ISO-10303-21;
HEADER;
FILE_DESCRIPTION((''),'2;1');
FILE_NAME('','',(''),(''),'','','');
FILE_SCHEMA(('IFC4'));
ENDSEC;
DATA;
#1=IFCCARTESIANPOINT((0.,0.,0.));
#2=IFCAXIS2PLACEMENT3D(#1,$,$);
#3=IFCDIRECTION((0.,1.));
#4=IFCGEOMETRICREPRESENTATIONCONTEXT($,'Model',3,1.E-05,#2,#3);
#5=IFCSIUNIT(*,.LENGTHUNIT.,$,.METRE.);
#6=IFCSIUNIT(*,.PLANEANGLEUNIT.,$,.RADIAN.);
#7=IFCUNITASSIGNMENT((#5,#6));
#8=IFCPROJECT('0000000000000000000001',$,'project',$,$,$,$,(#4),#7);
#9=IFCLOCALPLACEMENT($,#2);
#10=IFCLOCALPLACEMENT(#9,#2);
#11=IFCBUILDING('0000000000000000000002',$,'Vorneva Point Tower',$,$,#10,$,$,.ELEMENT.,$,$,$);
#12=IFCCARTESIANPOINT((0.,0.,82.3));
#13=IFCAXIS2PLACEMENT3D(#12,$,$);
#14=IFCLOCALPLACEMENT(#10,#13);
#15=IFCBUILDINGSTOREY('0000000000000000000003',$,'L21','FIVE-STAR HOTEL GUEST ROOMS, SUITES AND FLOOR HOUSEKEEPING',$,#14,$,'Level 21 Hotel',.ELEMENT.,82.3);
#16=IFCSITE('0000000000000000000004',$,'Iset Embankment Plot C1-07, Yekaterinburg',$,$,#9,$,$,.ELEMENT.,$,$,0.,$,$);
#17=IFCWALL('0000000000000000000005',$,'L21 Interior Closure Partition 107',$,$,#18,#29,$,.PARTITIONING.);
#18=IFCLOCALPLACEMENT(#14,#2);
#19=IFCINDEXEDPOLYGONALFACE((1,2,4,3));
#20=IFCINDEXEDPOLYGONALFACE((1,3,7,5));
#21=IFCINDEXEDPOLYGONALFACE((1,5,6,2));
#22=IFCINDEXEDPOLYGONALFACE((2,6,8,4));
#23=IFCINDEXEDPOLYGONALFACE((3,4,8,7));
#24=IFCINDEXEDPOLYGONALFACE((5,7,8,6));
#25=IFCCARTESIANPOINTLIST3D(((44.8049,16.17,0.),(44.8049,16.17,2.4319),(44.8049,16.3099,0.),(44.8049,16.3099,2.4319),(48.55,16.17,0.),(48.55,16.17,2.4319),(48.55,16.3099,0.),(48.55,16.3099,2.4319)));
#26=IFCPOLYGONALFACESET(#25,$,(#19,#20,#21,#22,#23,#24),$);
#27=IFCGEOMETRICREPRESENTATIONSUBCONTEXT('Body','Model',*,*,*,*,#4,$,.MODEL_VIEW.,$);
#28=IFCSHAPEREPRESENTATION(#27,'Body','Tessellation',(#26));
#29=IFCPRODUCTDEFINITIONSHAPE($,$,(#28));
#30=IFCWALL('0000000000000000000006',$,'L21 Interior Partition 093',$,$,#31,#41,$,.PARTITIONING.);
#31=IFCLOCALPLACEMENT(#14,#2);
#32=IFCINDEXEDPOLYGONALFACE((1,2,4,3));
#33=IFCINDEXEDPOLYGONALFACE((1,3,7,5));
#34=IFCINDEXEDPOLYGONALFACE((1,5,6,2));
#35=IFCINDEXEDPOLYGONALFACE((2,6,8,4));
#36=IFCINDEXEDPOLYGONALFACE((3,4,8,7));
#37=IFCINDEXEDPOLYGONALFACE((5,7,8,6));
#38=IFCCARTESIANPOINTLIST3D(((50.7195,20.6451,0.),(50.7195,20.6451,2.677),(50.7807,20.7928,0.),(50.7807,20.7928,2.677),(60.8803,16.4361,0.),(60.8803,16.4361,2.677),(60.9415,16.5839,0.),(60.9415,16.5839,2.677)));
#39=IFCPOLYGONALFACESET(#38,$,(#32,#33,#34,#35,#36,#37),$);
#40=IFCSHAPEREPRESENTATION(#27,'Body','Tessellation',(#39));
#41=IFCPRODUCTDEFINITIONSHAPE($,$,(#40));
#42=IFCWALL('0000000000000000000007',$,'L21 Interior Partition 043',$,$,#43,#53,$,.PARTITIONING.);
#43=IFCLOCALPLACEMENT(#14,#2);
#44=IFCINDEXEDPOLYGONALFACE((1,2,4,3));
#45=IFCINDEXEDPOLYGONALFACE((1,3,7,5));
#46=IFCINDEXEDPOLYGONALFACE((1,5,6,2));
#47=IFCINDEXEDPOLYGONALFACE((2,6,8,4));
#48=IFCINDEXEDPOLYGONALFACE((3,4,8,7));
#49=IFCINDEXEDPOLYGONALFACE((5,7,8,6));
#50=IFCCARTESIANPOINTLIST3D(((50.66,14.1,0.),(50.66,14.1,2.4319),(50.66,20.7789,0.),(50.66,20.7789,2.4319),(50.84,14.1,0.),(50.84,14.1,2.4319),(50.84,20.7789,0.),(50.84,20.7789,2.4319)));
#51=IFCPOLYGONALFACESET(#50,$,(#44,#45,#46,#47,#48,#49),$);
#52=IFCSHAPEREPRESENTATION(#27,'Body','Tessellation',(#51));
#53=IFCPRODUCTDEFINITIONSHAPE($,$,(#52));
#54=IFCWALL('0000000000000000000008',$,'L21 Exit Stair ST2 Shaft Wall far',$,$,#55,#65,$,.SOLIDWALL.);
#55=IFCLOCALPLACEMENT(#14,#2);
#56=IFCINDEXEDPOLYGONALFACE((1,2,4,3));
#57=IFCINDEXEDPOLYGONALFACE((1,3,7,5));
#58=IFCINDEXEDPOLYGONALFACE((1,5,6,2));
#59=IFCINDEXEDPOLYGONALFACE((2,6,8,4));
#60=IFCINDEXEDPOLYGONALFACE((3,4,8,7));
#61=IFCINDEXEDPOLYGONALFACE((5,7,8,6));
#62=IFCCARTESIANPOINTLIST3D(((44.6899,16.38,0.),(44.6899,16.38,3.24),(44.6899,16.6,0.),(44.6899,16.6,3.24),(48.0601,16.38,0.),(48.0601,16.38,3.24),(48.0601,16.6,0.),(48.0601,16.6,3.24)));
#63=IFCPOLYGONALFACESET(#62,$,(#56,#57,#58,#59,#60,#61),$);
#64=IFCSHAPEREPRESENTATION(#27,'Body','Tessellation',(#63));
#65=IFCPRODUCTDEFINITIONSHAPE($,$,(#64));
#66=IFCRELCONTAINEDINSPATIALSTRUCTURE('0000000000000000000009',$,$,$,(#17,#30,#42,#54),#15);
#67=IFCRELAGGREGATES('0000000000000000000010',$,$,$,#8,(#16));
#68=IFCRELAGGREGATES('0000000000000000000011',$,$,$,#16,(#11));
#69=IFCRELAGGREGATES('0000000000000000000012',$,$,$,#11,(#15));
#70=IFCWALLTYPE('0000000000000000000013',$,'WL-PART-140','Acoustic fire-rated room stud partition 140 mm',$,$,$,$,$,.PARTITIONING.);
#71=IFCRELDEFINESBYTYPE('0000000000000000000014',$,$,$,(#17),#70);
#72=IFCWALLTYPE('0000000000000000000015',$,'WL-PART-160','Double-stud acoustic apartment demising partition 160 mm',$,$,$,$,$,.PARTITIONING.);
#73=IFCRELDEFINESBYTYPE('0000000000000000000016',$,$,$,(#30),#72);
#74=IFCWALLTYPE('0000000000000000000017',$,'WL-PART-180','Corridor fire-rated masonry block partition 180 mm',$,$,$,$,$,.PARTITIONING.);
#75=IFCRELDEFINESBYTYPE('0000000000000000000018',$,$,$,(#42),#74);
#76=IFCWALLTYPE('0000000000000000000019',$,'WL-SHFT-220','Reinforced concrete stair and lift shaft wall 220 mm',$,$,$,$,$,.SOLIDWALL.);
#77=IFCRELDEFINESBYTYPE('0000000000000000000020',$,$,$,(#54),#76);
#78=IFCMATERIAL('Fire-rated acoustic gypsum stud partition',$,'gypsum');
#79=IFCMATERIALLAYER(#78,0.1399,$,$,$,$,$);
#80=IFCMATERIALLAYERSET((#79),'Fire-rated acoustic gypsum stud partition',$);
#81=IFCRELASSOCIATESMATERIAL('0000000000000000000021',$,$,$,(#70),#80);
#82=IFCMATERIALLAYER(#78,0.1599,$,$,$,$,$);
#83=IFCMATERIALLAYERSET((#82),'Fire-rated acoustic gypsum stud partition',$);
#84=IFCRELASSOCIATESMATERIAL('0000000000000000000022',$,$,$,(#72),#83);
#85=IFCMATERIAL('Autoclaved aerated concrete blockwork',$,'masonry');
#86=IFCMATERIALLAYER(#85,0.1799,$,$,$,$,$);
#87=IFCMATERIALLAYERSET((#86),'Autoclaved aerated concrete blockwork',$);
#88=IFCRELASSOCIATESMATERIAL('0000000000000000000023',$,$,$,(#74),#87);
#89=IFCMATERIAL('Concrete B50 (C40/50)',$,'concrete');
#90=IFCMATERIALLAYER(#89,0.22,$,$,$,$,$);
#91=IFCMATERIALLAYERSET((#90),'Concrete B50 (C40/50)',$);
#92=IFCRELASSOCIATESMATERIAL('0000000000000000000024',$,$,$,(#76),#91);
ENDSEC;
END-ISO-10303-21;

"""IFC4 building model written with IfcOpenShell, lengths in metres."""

from ifc_helpers import new_model, si_unit, direction, frame, frame_2d, origin, place, context, subcontext, project, spatial, rectangle, extrude, material, layer, layer_set, type_object, element, save


model = new_model("IFC4")

# Units and contexts
model_context = context("Model", 3, precision=1e-05, world=origin(), true_north=direction((0.0, 1.0)))
body_context = subcontext(model_context, "Body", "Model", "MODEL_VIEW")
ifc_project = project(units=[si_unit("LENGTHUNIT", "METRE"), si_unit("PLANEANGLEUNIT", "RADIAN")], contexts=[model_context])

# Site, building, storey
site_placement = place(None, origin())
site = spatial("IfcSite", under=ifc_project, at=site_placement, Name="Iset Embankment Plot C1-07, Yekaterinburg", CompositionType="ELEMENT", RefElevation=0.0)
building_placement = place(site_placement, origin())
building = spatial("IfcBuilding", under=site, at=building_placement, Name="Vorneva Point Tower", CompositionType="ELEMENT")
storey_placement = place(building_placement, frame((0.0, 0.0, 82.3)))
storey = spatial("IfcBuildingStorey", under=building, at=storey_placement, Name="L21", Description="FIVE-STAR HOTEL GUEST ROOMS, SUITES AND FLOOR HOUSEKEEPING", LongName="Level 21 Hotel", CompositionType="ELEMENT", Elevation=82.3)

# Walls
ifc_material_1 = material(Name="Fire-rated acoustic gypsum stud partition", Category="gypsum")
ifc_layer_1 = layer(ifc_material_1, 0.1399)
ifc_layer_set_1 = layer_set([ifc_layer_1], Name="Fire-rated acoustic gypsum stud partition")
wall_type_1 = type_object("IfcWallType", Name="WL-PART-140", Description="Acoustic fire-rated room stud partition 140 mm", PredefinedType="PARTITIONING", material=ifc_layer_set_1)
wall_1_placement = place(storey_placement, frame((48.55, 16.24, 0.0), z_axis=(0.0, 0.0, 1.0), x_axis=(-1.0, 0.0, 0.0)))
element("IfcWall", 1, at=wall_1_placement, inside=storey, type_object=wall_type_1, Name="L21 Interior Closure Partition 107", PredefinedType="PARTITIONING", context=body_context, shape_type="SweptSolid", body=[
    extrude(rectangle(XDim=3.7451, YDim=0.1399, at=frame_2d((1.8726, 0.0))), origin(), (0.0, 0.0, 1.0), 2.4319),
])
ifc_layer_2 = layer(ifc_material_1, 0.1599)
ifc_layer_set_2 = layer_set([ifc_layer_2], Name="Fire-rated acoustic gypsum stud partition")
wall_type_2 = type_object("IfcWallType", Name="WL-PART-160", Description="Double-stud acoustic apartment demising partition 160 mm", PredefinedType="PARTITIONING", material=ifc_layer_set_2)
wall_2_placement = place(storey_placement, frame((60.9109, 16.51, 0.0), z_axis=(0.0, 0.0, 1.0), x_axis=(-0.923873, 0.382699, 0.0)))
element("IfcWall", 2, at=wall_2_placement, inside=storey, type_object=wall_type_2, Name="L21 Interior Partition 093", PredefinedType="PARTITIONING", context=body_context, shape_type="SweptSolid", body=[
    extrude(rectangle(XDim=10.998, YDim=0.1599, at=frame_2d((5.499, 0.0))), origin(), (0.0, 0.0, 1.0), 2.677),
])
ifc_material_2 = material(Name="Autoclaved aerated concrete blockwork", Category="masonry")
ifc_layer_3 = layer(ifc_material_2, 0.1799)
ifc_layer_set_3 = layer_set([ifc_layer_3], Name="Autoclaved aerated concrete blockwork")
wall_type_3 = type_object("IfcWallType", Name="WL-PART-180", Description="Corridor fire-rated masonry block partition 180 mm", PredefinedType="PARTITIONING", material=ifc_layer_set_3)
wall_3_placement = place(storey_placement, frame((50.75, 14.1001, 0.0), z_axis=(0.0, 0.0, 1.0), x_axis=(0.0, 1.0, 0.0)))
element("IfcWall", 3, at=wall_3_placement, inside=storey, type_object=wall_type_3, Name="L21 Interior Partition 043", PredefinedType="PARTITIONING", context=body_context, shape_type="SweptSolid", body=[
    extrude(rectangle(XDim=6.679, YDim=0.1799, at=frame_2d((3.3394, 0.0))), origin(), (0.0, 0.0, 1.0), 2.4319),
])
ifc_material_3 = material(Name="Concrete B50 (C40/50)", Category="concrete")
ifc_layer_4 = layer(ifc_material_3, 0.22)
ifc_layer_set_4 = layer_set([ifc_layer_4], Name="Concrete B50 (C40/50)")
wall_type_4 = type_object("IfcWallType", Name="WL-SHFT-220", Description="Reinforced concrete stair and lift shaft wall 220 mm", PredefinedType="SOLIDWALL", material=ifc_layer_set_4)
wall_4_placement = place(storey_placement, frame((48.0601, 16.49, 0.0), z_axis=(0.0, 0.0, 1.0), x_axis=(-1.0, 0.0, 0.0)))
element("IfcWall", 4, at=wall_4_placement, inside=storey, type_object=wall_type_4, Name="L21 Exit Stair ST2 Shaft Wall far", PredefinedType="SOLIDWALL", context=body_context, shape_type="SweptSolid", body=[
    extrude(rectangle(XDim=3.3701, YDim=0.22, at=frame_2d((1.6851, 0.0))), origin(), (0.0, 0.0, 1.0), 3.24),
])

save(model, "model.ifc")
